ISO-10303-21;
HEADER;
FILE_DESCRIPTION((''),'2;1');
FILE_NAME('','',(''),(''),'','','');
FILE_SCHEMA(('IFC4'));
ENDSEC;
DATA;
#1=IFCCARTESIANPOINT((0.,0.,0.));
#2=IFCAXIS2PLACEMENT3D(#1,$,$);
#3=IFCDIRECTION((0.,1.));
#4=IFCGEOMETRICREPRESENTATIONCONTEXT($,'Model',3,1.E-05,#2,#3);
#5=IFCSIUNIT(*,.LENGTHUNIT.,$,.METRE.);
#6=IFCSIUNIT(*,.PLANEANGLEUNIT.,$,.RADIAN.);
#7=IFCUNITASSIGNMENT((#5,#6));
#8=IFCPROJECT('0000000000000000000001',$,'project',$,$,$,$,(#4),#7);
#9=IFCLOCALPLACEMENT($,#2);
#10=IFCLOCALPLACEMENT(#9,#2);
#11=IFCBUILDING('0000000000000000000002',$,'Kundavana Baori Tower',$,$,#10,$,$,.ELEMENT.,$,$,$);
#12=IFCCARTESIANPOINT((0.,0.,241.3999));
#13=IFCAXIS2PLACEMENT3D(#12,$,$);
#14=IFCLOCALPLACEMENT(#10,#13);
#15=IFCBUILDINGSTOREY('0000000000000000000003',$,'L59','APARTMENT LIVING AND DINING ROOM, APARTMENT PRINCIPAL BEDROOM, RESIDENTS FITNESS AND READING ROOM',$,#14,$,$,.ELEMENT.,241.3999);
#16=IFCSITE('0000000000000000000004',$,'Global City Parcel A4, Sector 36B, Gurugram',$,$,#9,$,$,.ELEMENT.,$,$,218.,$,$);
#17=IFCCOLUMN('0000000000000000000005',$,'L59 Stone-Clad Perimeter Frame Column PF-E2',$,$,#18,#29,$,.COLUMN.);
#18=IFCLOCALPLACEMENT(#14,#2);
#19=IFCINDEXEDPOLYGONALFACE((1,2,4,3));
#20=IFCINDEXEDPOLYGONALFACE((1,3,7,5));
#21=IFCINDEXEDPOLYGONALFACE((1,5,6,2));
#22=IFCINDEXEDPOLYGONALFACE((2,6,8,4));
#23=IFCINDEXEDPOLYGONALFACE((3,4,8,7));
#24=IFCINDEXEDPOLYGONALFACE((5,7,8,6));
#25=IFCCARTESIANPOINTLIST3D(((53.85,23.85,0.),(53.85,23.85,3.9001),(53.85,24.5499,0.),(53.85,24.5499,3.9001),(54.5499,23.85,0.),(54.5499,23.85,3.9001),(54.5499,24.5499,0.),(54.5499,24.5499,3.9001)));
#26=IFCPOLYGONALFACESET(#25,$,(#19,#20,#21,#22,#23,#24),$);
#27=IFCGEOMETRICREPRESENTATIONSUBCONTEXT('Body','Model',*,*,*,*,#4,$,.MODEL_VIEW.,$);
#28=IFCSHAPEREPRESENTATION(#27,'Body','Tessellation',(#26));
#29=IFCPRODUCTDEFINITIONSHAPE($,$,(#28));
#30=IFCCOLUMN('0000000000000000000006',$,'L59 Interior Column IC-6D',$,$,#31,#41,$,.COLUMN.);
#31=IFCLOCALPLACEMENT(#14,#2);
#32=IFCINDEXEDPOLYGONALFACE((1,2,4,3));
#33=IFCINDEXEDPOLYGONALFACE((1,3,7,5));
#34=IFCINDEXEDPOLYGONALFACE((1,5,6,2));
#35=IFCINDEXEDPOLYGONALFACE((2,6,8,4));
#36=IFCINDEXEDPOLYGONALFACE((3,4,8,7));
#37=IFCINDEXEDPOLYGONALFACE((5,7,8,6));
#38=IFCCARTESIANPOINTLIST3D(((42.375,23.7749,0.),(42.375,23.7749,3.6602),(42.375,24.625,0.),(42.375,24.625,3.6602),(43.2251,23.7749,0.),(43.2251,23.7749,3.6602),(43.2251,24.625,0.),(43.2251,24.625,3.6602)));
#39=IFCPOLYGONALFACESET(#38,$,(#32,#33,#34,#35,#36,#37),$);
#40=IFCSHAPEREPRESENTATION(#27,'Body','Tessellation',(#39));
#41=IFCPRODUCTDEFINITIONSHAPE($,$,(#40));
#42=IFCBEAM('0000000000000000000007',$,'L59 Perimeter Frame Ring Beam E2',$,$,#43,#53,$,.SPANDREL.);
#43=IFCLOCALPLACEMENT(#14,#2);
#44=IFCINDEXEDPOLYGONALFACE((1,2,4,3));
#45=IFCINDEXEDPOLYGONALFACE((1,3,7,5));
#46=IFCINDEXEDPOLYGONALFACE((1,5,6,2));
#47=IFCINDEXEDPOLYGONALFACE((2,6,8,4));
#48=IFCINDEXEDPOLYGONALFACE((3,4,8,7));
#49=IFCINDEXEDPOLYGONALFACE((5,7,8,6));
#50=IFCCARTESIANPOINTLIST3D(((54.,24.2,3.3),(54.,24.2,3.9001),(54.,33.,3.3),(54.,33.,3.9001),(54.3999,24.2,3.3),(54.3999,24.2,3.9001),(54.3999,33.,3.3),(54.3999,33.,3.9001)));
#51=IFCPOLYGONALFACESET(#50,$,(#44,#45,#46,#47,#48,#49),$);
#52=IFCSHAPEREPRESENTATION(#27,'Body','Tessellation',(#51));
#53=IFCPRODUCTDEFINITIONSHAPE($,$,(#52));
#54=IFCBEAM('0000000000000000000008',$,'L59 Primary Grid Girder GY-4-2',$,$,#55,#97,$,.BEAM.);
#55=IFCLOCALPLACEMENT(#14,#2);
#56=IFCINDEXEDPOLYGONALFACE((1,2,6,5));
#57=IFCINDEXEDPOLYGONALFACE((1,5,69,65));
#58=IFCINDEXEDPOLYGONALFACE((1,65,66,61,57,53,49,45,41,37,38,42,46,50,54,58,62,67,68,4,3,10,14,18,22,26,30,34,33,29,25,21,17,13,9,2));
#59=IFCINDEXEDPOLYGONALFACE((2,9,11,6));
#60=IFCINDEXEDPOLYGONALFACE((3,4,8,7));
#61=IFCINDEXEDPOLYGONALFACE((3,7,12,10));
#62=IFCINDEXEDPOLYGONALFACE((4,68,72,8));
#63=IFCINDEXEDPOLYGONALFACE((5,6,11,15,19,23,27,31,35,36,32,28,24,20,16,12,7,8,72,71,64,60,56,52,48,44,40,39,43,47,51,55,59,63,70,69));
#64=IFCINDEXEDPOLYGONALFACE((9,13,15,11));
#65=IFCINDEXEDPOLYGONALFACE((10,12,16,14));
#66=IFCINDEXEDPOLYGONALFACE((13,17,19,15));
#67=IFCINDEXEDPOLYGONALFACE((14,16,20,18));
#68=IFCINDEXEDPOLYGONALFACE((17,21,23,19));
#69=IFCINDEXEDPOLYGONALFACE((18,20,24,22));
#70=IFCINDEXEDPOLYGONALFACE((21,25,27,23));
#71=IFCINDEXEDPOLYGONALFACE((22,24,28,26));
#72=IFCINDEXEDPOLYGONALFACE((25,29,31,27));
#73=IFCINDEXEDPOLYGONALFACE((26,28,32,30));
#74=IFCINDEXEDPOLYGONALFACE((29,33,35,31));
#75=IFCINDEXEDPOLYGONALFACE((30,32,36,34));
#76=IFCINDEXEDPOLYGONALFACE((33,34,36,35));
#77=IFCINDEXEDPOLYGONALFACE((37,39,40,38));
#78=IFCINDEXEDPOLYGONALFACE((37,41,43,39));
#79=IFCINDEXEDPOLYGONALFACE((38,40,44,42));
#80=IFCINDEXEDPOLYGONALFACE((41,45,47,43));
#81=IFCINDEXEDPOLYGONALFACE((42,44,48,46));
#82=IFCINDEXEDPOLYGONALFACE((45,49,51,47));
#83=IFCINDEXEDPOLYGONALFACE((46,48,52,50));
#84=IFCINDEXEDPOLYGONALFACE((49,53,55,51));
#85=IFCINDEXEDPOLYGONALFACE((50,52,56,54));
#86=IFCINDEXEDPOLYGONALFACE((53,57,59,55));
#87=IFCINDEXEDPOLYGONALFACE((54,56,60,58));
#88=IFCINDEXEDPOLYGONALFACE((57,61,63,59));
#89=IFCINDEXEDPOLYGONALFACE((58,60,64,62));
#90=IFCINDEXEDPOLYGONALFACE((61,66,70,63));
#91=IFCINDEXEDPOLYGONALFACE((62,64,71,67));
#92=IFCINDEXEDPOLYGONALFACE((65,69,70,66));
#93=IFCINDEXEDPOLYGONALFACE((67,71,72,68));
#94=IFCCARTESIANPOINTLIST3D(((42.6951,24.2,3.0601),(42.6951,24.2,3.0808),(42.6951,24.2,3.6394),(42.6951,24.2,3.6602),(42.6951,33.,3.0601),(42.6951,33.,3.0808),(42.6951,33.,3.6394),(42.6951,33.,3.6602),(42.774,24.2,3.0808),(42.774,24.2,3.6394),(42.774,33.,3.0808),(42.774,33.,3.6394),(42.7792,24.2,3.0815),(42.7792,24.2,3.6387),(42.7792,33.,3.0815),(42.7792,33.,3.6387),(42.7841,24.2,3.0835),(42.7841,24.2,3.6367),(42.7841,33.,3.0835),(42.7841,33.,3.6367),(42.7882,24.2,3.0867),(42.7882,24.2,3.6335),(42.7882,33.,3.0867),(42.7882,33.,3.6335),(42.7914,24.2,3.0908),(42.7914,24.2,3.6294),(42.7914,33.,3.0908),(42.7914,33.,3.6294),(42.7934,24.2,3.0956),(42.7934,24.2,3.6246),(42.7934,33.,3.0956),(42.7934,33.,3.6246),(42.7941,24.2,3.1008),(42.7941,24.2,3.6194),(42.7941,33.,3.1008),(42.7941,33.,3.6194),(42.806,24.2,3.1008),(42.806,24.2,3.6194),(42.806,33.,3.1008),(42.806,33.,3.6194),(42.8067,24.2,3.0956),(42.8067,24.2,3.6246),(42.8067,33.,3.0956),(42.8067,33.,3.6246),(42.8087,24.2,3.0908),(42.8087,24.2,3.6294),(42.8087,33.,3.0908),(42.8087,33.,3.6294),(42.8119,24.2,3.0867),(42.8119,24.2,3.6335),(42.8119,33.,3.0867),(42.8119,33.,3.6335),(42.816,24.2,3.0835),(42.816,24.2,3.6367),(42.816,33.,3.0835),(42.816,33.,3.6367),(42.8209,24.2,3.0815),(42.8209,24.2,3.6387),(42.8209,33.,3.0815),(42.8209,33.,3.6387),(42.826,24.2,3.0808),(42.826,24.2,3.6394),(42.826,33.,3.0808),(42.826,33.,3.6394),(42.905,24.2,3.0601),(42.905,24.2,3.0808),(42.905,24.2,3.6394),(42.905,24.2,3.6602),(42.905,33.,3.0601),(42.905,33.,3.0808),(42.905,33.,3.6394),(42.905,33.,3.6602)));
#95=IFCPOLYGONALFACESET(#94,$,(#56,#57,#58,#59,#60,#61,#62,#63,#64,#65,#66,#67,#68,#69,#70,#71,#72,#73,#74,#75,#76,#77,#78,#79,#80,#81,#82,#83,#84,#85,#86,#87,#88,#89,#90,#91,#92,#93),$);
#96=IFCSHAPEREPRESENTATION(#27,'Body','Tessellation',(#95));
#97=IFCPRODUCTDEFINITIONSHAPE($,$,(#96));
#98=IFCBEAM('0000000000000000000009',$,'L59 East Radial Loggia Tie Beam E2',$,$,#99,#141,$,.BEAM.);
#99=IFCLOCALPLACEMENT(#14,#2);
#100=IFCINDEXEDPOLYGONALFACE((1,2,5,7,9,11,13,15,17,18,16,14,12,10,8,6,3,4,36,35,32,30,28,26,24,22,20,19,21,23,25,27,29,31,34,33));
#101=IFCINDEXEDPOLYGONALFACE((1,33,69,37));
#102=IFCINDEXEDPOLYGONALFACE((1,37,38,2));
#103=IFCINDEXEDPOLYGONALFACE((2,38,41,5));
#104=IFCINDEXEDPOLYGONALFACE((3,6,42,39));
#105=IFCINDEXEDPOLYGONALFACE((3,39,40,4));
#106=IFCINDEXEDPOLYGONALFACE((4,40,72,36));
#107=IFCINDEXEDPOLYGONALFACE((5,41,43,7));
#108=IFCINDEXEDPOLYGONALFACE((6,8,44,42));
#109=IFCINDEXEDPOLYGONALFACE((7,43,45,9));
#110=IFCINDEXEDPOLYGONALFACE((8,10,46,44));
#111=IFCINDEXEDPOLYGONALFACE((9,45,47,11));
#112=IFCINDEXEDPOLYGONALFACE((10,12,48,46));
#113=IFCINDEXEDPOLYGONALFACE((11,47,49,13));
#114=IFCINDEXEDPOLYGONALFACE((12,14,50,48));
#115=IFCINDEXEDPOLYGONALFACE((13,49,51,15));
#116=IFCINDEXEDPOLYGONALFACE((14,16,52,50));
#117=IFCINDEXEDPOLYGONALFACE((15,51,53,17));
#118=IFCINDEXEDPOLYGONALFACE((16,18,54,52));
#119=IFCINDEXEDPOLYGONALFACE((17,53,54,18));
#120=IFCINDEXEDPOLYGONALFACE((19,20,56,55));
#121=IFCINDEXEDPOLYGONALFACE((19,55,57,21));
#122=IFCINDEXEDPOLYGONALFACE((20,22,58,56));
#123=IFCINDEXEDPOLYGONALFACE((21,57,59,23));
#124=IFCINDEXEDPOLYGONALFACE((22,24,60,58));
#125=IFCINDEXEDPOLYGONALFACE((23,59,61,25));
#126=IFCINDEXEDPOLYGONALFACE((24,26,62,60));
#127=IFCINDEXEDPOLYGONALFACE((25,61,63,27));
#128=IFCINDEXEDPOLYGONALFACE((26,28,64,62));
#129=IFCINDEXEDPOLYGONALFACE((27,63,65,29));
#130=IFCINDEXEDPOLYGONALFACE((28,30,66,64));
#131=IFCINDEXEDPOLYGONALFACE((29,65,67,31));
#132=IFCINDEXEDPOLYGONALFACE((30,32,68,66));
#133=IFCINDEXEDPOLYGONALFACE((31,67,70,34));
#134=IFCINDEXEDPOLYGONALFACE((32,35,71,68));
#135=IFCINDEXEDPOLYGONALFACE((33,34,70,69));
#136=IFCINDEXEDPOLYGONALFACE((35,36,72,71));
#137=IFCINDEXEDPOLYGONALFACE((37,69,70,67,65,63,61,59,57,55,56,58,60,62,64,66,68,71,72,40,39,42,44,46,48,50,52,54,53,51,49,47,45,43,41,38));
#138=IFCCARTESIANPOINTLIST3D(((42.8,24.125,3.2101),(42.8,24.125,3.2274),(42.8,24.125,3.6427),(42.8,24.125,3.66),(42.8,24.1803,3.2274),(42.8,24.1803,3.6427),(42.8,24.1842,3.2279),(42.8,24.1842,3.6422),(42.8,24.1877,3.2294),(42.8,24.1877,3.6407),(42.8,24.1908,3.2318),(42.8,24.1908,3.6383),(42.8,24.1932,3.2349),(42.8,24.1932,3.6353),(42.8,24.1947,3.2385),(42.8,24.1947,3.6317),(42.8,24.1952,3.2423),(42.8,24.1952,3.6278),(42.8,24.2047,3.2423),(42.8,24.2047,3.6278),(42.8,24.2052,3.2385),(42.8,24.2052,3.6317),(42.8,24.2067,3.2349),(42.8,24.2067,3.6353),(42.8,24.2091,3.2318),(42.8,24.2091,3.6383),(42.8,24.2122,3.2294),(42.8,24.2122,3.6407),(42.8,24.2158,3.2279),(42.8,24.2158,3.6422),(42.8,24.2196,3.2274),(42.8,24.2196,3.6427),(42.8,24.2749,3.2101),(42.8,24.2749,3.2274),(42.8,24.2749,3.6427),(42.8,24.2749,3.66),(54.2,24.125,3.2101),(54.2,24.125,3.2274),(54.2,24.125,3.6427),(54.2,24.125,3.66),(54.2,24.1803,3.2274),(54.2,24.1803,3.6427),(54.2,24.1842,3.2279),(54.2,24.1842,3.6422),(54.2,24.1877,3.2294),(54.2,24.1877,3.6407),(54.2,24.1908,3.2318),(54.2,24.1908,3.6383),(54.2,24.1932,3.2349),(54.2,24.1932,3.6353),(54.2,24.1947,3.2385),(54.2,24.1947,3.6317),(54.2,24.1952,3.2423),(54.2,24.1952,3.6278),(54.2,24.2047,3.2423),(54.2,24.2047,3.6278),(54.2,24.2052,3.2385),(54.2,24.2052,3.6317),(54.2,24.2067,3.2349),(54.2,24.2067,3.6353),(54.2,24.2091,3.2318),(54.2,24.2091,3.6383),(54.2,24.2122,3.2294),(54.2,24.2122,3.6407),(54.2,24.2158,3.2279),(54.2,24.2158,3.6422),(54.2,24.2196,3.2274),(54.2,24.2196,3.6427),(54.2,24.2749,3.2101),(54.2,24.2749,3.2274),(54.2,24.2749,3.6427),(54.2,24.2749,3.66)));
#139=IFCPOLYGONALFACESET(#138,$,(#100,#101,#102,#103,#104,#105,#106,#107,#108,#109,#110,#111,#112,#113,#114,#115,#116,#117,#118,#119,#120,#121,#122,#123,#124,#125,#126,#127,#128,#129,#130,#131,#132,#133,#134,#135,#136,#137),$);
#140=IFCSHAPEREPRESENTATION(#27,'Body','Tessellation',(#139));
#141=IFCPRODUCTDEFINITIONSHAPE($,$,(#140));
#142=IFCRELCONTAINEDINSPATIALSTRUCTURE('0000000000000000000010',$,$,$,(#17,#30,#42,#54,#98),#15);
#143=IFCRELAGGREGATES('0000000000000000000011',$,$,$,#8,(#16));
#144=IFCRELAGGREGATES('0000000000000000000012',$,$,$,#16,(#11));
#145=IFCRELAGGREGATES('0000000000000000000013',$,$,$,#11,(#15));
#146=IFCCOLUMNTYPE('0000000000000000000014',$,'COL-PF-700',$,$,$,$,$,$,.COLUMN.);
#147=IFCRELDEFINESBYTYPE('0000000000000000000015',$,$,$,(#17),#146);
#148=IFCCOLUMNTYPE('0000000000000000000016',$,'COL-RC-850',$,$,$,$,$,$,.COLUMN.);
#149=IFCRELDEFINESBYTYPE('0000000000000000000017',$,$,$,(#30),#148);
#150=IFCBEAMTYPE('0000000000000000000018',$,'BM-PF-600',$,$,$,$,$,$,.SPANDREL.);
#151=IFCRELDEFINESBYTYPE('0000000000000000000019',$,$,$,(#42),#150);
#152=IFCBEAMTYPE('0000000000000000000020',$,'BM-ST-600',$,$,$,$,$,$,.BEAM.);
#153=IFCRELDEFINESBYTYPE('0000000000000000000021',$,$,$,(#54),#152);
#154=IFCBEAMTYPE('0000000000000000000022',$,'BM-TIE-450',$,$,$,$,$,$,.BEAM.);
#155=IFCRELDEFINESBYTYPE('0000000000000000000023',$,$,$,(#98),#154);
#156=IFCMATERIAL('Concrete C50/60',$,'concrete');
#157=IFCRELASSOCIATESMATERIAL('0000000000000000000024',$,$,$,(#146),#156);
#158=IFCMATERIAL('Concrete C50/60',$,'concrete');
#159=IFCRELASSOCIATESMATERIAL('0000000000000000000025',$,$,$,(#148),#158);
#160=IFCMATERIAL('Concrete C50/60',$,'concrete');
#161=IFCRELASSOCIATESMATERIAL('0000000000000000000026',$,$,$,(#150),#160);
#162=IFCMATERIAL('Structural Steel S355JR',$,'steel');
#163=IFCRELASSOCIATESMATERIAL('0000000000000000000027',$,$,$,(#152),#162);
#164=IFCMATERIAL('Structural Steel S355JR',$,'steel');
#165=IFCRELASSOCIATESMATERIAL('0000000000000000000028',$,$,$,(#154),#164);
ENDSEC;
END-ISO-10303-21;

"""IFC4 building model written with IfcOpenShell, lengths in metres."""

from ifc_helpers import new_model, si_unit, direction, frame, origin, origin_2d, place, context, subcontext, project, spatial, rectangle, i_section, extrude, material, material_profile, profile_set, type_object, element, save


model = new_model("IFC4")

# Units and contexts
model_context = context("Model", 3, precision=1e-05, world=origin(), true_north=direction((0.0, 1.0)))
body_context = subcontext(model_context, "Body", "Model", "MODEL_VIEW")
ifc_project = project(units=[si_unit("LENGTHUNIT", "METRE"), si_unit("PLANEANGLEUNIT", "RADIAN")], contexts=[model_context])

# Site, building, storey
site_placement = place(None, origin())
site = spatial("IfcSite", under=ifc_project, at=site_placement, Name="Global City Parcel A4, Sector 36B, Gurugram", CompositionType="ELEMENT", RefElevation=218.0)
building_placement = place(site_placement, origin())
building = spatial("IfcBuilding", under=site, at=building_placement, Name="Kundavana Baori Tower", CompositionType="ELEMENT")
storey_placement = place(building_placement, frame((0.0, 0.0, 241.3999)))
storey = spatial("IfcBuildingStorey", under=building, at=storey_placement, Name="L59", Description="APARTMENT LIVING AND DINING ROOM, APARTMENT PRINCIPAL BEDROOM, RESIDENTS FITNESS AND READING ROOM", CompositionType="ELEMENT", Elevation=241.3999)

# Columns
ifc_material_1 = material(Name="Concrete C50/60", Category="concrete")
ifc_material_profile_1 = material_profile(ifc_material_1, rectangle(XDim=0.7, YDim=0.7, at=origin_2d()), Name="RC PF 700x700")
ifc_profile_set_1 = profile_set([ifc_material_profile_1], Name="Concrete C50/60")
column_type_1 = type_object("IfcColumnType", Name="COL-PF-700", PredefinedType="COLUMN", material=ifc_profile_set_1)
column_1_placement = place(storey_placement, frame((54.2, 24.2, 0.0), z_axis=(0.0, 0.0, 1.0), x_axis=(1.0, 0.0, 0.0)))
element("IfcColumn", 1, at=column_1_placement, inside=storey, type_object=column_type_1, Name="L59 Stone-Clad Perimeter Frame Column PF-E2", PredefinedType="COLUMN", context=body_context, shape_type="SweptSolid", body=[
    extrude(rectangle(XDim=0.7, YDim=0.7, at=origin_2d()), origin(), (0.0, 0.0, 1.0), 3.9001),
])
ifc_material_2 = material(Name="Concrete C50/60", Category="concrete")
ifc_material_profile_2 = material_profile(ifc_material_2, rectangle(XDim=0.8501, YDim=0.8501, at=origin_2d()), Name="RC 850x850")
ifc_profile_set_2 = profile_set([ifc_material_profile_2], Name="Concrete C50/60")
column_type_2 = type_object("IfcColumnType", Name="COL-RC-850", PredefinedType="COLUMN", material=ifc_profile_set_2)
column_2_placement = place(storey_placement, frame((42.8, 24.2, 0.0), z_axis=(0.0, 0.0, 1.0), x_axis=(1.0, 0.0, 0.0)))
element("IfcColumn", 2, at=column_2_placement, inside=storey, type_object=column_type_2, Name="L59 Interior Column IC-6D", PredefinedType="COLUMN", context=body_context, shape_type="SweptSolid", body=[
    extrude(rectangle(XDim=0.8501, YDim=0.8501, at=origin_2d()), origin(), (0.0, 0.0, 1.0), 3.6602),
])

# Beams
ifc_material_3 = material(Name="Concrete C50/60", Category="concrete")
ifc_material_profile_3 = material_profile(ifc_material_3, rectangle(XDim=0.3999, YDim=0.6001, at=origin_2d()), Name="RC BM 400x600")
ifc_profile_set_3 = profile_set([ifc_material_profile_3], Name="Concrete C50/60")
beam_type_1 = type_object("IfcBeamType", Name="BM-PF-600", PredefinedType="SPANDREL", material=ifc_profile_set_3)
beam_1_placement = place(storey_placement, frame((54.2, 24.2, 3.6001), z_axis=(0.0, 1.0, 0.0), x_axis=(-1.0, 0.0, 0.0)))
element("IfcBeam", 3, at=beam_1_placement, inside=storey, type_object=beam_type_1, Name="L59 Perimeter Frame Ring Beam E2", PredefinedType="SPANDREL", context=body_context, shape_type="SweptSolid", body=[
    extrude(rectangle(XDim=0.3999, YDim=0.6001, at=origin_2d()), origin(), (0.0, 0.0, 1.0), 8.8),
])
ifc_material_4 = material(Name="Structural Steel S355JR", Category="steel")
ifc_material_profile_4 = material_profile(ifc_material_4, i_section(OverallWidth=0.21, OverallDepth=0.6001, WebThickness=0.012, FlangeThickness=0.0208, FilletRadius=0.02, at=origin_2d()), Name="ISMB 600")
ifc_profile_set_4 = profile_set([ifc_material_profile_4], Name="Structural Steel S355JR")
beam_type_2 = type_object("IfcBeamType", Name="BM-ST-600", PredefinedType="BEAM", material=ifc_profile_set_4)
beam_2_placement = place(storey_placement, frame((42.8, 24.2, 3.3601), z_axis=(0.0, 1.0, 0.0), x_axis=(-1.0, 0.0, 0.0)))
element("IfcBeam", 4, at=beam_2_placement, inside=storey, type_object=beam_type_2, Name="L59 Primary Grid Girder GY-4-2", PredefinedType="BEAM", context=body_context, shape_type="SweptSolid", body=[
    extrude(i_section(OverallWidth=0.21, OverallDepth=0.6001, WebThickness=0.012, FlangeThickness=0.0208, FilletRadius=0.02, at=origin_2d()), origin(), (0.0, 0.0, 1.0), 8.8),
])
ifc_material_5 = material(Name="Structural Steel S355JR", Category="steel")
ifc_material_profile_5 = material_profile(ifc_material_5, i_section(OverallWidth=0.1499, OverallDepth=0.45, WebThickness=0.0095, FlangeThickness=0.0173, FilletRadius=0.0149, at=origin_2d()), Name="ISMB 450")
ifc_profile_set_5 = profile_set([ifc_material_profile_5], Name="Structural Steel S355JR")
beam_type_3 = type_object("IfcBeamType", Name="BM-TIE-450", PredefinedType="BEAM", material=ifc_profile_set_5)
beam_3_placement = place(storey_placement, frame((42.8, 24.2, 3.4351), z_axis=(1.0, 0.0, 0.0), x_axis=(0.0, 1.0, 0.0)))
element("IfcBeam", 5, at=beam_3_placement, inside=storey, type_object=beam_type_3, Name="L59 East Radial Loggia Tie Beam E2", PredefinedType="BEAM", context=body_context, shape_type="SweptSolid", body=[
    extrude(i_section(OverallWidth=0.1499, OverallDepth=0.45, WebThickness=0.0095, FlangeThickness=0.0173, FilletRadius=0.0149, at=origin_2d()), origin(), (0.0, 0.0, 1.0), 11.3999),
])

save(model, "model.ifc")
